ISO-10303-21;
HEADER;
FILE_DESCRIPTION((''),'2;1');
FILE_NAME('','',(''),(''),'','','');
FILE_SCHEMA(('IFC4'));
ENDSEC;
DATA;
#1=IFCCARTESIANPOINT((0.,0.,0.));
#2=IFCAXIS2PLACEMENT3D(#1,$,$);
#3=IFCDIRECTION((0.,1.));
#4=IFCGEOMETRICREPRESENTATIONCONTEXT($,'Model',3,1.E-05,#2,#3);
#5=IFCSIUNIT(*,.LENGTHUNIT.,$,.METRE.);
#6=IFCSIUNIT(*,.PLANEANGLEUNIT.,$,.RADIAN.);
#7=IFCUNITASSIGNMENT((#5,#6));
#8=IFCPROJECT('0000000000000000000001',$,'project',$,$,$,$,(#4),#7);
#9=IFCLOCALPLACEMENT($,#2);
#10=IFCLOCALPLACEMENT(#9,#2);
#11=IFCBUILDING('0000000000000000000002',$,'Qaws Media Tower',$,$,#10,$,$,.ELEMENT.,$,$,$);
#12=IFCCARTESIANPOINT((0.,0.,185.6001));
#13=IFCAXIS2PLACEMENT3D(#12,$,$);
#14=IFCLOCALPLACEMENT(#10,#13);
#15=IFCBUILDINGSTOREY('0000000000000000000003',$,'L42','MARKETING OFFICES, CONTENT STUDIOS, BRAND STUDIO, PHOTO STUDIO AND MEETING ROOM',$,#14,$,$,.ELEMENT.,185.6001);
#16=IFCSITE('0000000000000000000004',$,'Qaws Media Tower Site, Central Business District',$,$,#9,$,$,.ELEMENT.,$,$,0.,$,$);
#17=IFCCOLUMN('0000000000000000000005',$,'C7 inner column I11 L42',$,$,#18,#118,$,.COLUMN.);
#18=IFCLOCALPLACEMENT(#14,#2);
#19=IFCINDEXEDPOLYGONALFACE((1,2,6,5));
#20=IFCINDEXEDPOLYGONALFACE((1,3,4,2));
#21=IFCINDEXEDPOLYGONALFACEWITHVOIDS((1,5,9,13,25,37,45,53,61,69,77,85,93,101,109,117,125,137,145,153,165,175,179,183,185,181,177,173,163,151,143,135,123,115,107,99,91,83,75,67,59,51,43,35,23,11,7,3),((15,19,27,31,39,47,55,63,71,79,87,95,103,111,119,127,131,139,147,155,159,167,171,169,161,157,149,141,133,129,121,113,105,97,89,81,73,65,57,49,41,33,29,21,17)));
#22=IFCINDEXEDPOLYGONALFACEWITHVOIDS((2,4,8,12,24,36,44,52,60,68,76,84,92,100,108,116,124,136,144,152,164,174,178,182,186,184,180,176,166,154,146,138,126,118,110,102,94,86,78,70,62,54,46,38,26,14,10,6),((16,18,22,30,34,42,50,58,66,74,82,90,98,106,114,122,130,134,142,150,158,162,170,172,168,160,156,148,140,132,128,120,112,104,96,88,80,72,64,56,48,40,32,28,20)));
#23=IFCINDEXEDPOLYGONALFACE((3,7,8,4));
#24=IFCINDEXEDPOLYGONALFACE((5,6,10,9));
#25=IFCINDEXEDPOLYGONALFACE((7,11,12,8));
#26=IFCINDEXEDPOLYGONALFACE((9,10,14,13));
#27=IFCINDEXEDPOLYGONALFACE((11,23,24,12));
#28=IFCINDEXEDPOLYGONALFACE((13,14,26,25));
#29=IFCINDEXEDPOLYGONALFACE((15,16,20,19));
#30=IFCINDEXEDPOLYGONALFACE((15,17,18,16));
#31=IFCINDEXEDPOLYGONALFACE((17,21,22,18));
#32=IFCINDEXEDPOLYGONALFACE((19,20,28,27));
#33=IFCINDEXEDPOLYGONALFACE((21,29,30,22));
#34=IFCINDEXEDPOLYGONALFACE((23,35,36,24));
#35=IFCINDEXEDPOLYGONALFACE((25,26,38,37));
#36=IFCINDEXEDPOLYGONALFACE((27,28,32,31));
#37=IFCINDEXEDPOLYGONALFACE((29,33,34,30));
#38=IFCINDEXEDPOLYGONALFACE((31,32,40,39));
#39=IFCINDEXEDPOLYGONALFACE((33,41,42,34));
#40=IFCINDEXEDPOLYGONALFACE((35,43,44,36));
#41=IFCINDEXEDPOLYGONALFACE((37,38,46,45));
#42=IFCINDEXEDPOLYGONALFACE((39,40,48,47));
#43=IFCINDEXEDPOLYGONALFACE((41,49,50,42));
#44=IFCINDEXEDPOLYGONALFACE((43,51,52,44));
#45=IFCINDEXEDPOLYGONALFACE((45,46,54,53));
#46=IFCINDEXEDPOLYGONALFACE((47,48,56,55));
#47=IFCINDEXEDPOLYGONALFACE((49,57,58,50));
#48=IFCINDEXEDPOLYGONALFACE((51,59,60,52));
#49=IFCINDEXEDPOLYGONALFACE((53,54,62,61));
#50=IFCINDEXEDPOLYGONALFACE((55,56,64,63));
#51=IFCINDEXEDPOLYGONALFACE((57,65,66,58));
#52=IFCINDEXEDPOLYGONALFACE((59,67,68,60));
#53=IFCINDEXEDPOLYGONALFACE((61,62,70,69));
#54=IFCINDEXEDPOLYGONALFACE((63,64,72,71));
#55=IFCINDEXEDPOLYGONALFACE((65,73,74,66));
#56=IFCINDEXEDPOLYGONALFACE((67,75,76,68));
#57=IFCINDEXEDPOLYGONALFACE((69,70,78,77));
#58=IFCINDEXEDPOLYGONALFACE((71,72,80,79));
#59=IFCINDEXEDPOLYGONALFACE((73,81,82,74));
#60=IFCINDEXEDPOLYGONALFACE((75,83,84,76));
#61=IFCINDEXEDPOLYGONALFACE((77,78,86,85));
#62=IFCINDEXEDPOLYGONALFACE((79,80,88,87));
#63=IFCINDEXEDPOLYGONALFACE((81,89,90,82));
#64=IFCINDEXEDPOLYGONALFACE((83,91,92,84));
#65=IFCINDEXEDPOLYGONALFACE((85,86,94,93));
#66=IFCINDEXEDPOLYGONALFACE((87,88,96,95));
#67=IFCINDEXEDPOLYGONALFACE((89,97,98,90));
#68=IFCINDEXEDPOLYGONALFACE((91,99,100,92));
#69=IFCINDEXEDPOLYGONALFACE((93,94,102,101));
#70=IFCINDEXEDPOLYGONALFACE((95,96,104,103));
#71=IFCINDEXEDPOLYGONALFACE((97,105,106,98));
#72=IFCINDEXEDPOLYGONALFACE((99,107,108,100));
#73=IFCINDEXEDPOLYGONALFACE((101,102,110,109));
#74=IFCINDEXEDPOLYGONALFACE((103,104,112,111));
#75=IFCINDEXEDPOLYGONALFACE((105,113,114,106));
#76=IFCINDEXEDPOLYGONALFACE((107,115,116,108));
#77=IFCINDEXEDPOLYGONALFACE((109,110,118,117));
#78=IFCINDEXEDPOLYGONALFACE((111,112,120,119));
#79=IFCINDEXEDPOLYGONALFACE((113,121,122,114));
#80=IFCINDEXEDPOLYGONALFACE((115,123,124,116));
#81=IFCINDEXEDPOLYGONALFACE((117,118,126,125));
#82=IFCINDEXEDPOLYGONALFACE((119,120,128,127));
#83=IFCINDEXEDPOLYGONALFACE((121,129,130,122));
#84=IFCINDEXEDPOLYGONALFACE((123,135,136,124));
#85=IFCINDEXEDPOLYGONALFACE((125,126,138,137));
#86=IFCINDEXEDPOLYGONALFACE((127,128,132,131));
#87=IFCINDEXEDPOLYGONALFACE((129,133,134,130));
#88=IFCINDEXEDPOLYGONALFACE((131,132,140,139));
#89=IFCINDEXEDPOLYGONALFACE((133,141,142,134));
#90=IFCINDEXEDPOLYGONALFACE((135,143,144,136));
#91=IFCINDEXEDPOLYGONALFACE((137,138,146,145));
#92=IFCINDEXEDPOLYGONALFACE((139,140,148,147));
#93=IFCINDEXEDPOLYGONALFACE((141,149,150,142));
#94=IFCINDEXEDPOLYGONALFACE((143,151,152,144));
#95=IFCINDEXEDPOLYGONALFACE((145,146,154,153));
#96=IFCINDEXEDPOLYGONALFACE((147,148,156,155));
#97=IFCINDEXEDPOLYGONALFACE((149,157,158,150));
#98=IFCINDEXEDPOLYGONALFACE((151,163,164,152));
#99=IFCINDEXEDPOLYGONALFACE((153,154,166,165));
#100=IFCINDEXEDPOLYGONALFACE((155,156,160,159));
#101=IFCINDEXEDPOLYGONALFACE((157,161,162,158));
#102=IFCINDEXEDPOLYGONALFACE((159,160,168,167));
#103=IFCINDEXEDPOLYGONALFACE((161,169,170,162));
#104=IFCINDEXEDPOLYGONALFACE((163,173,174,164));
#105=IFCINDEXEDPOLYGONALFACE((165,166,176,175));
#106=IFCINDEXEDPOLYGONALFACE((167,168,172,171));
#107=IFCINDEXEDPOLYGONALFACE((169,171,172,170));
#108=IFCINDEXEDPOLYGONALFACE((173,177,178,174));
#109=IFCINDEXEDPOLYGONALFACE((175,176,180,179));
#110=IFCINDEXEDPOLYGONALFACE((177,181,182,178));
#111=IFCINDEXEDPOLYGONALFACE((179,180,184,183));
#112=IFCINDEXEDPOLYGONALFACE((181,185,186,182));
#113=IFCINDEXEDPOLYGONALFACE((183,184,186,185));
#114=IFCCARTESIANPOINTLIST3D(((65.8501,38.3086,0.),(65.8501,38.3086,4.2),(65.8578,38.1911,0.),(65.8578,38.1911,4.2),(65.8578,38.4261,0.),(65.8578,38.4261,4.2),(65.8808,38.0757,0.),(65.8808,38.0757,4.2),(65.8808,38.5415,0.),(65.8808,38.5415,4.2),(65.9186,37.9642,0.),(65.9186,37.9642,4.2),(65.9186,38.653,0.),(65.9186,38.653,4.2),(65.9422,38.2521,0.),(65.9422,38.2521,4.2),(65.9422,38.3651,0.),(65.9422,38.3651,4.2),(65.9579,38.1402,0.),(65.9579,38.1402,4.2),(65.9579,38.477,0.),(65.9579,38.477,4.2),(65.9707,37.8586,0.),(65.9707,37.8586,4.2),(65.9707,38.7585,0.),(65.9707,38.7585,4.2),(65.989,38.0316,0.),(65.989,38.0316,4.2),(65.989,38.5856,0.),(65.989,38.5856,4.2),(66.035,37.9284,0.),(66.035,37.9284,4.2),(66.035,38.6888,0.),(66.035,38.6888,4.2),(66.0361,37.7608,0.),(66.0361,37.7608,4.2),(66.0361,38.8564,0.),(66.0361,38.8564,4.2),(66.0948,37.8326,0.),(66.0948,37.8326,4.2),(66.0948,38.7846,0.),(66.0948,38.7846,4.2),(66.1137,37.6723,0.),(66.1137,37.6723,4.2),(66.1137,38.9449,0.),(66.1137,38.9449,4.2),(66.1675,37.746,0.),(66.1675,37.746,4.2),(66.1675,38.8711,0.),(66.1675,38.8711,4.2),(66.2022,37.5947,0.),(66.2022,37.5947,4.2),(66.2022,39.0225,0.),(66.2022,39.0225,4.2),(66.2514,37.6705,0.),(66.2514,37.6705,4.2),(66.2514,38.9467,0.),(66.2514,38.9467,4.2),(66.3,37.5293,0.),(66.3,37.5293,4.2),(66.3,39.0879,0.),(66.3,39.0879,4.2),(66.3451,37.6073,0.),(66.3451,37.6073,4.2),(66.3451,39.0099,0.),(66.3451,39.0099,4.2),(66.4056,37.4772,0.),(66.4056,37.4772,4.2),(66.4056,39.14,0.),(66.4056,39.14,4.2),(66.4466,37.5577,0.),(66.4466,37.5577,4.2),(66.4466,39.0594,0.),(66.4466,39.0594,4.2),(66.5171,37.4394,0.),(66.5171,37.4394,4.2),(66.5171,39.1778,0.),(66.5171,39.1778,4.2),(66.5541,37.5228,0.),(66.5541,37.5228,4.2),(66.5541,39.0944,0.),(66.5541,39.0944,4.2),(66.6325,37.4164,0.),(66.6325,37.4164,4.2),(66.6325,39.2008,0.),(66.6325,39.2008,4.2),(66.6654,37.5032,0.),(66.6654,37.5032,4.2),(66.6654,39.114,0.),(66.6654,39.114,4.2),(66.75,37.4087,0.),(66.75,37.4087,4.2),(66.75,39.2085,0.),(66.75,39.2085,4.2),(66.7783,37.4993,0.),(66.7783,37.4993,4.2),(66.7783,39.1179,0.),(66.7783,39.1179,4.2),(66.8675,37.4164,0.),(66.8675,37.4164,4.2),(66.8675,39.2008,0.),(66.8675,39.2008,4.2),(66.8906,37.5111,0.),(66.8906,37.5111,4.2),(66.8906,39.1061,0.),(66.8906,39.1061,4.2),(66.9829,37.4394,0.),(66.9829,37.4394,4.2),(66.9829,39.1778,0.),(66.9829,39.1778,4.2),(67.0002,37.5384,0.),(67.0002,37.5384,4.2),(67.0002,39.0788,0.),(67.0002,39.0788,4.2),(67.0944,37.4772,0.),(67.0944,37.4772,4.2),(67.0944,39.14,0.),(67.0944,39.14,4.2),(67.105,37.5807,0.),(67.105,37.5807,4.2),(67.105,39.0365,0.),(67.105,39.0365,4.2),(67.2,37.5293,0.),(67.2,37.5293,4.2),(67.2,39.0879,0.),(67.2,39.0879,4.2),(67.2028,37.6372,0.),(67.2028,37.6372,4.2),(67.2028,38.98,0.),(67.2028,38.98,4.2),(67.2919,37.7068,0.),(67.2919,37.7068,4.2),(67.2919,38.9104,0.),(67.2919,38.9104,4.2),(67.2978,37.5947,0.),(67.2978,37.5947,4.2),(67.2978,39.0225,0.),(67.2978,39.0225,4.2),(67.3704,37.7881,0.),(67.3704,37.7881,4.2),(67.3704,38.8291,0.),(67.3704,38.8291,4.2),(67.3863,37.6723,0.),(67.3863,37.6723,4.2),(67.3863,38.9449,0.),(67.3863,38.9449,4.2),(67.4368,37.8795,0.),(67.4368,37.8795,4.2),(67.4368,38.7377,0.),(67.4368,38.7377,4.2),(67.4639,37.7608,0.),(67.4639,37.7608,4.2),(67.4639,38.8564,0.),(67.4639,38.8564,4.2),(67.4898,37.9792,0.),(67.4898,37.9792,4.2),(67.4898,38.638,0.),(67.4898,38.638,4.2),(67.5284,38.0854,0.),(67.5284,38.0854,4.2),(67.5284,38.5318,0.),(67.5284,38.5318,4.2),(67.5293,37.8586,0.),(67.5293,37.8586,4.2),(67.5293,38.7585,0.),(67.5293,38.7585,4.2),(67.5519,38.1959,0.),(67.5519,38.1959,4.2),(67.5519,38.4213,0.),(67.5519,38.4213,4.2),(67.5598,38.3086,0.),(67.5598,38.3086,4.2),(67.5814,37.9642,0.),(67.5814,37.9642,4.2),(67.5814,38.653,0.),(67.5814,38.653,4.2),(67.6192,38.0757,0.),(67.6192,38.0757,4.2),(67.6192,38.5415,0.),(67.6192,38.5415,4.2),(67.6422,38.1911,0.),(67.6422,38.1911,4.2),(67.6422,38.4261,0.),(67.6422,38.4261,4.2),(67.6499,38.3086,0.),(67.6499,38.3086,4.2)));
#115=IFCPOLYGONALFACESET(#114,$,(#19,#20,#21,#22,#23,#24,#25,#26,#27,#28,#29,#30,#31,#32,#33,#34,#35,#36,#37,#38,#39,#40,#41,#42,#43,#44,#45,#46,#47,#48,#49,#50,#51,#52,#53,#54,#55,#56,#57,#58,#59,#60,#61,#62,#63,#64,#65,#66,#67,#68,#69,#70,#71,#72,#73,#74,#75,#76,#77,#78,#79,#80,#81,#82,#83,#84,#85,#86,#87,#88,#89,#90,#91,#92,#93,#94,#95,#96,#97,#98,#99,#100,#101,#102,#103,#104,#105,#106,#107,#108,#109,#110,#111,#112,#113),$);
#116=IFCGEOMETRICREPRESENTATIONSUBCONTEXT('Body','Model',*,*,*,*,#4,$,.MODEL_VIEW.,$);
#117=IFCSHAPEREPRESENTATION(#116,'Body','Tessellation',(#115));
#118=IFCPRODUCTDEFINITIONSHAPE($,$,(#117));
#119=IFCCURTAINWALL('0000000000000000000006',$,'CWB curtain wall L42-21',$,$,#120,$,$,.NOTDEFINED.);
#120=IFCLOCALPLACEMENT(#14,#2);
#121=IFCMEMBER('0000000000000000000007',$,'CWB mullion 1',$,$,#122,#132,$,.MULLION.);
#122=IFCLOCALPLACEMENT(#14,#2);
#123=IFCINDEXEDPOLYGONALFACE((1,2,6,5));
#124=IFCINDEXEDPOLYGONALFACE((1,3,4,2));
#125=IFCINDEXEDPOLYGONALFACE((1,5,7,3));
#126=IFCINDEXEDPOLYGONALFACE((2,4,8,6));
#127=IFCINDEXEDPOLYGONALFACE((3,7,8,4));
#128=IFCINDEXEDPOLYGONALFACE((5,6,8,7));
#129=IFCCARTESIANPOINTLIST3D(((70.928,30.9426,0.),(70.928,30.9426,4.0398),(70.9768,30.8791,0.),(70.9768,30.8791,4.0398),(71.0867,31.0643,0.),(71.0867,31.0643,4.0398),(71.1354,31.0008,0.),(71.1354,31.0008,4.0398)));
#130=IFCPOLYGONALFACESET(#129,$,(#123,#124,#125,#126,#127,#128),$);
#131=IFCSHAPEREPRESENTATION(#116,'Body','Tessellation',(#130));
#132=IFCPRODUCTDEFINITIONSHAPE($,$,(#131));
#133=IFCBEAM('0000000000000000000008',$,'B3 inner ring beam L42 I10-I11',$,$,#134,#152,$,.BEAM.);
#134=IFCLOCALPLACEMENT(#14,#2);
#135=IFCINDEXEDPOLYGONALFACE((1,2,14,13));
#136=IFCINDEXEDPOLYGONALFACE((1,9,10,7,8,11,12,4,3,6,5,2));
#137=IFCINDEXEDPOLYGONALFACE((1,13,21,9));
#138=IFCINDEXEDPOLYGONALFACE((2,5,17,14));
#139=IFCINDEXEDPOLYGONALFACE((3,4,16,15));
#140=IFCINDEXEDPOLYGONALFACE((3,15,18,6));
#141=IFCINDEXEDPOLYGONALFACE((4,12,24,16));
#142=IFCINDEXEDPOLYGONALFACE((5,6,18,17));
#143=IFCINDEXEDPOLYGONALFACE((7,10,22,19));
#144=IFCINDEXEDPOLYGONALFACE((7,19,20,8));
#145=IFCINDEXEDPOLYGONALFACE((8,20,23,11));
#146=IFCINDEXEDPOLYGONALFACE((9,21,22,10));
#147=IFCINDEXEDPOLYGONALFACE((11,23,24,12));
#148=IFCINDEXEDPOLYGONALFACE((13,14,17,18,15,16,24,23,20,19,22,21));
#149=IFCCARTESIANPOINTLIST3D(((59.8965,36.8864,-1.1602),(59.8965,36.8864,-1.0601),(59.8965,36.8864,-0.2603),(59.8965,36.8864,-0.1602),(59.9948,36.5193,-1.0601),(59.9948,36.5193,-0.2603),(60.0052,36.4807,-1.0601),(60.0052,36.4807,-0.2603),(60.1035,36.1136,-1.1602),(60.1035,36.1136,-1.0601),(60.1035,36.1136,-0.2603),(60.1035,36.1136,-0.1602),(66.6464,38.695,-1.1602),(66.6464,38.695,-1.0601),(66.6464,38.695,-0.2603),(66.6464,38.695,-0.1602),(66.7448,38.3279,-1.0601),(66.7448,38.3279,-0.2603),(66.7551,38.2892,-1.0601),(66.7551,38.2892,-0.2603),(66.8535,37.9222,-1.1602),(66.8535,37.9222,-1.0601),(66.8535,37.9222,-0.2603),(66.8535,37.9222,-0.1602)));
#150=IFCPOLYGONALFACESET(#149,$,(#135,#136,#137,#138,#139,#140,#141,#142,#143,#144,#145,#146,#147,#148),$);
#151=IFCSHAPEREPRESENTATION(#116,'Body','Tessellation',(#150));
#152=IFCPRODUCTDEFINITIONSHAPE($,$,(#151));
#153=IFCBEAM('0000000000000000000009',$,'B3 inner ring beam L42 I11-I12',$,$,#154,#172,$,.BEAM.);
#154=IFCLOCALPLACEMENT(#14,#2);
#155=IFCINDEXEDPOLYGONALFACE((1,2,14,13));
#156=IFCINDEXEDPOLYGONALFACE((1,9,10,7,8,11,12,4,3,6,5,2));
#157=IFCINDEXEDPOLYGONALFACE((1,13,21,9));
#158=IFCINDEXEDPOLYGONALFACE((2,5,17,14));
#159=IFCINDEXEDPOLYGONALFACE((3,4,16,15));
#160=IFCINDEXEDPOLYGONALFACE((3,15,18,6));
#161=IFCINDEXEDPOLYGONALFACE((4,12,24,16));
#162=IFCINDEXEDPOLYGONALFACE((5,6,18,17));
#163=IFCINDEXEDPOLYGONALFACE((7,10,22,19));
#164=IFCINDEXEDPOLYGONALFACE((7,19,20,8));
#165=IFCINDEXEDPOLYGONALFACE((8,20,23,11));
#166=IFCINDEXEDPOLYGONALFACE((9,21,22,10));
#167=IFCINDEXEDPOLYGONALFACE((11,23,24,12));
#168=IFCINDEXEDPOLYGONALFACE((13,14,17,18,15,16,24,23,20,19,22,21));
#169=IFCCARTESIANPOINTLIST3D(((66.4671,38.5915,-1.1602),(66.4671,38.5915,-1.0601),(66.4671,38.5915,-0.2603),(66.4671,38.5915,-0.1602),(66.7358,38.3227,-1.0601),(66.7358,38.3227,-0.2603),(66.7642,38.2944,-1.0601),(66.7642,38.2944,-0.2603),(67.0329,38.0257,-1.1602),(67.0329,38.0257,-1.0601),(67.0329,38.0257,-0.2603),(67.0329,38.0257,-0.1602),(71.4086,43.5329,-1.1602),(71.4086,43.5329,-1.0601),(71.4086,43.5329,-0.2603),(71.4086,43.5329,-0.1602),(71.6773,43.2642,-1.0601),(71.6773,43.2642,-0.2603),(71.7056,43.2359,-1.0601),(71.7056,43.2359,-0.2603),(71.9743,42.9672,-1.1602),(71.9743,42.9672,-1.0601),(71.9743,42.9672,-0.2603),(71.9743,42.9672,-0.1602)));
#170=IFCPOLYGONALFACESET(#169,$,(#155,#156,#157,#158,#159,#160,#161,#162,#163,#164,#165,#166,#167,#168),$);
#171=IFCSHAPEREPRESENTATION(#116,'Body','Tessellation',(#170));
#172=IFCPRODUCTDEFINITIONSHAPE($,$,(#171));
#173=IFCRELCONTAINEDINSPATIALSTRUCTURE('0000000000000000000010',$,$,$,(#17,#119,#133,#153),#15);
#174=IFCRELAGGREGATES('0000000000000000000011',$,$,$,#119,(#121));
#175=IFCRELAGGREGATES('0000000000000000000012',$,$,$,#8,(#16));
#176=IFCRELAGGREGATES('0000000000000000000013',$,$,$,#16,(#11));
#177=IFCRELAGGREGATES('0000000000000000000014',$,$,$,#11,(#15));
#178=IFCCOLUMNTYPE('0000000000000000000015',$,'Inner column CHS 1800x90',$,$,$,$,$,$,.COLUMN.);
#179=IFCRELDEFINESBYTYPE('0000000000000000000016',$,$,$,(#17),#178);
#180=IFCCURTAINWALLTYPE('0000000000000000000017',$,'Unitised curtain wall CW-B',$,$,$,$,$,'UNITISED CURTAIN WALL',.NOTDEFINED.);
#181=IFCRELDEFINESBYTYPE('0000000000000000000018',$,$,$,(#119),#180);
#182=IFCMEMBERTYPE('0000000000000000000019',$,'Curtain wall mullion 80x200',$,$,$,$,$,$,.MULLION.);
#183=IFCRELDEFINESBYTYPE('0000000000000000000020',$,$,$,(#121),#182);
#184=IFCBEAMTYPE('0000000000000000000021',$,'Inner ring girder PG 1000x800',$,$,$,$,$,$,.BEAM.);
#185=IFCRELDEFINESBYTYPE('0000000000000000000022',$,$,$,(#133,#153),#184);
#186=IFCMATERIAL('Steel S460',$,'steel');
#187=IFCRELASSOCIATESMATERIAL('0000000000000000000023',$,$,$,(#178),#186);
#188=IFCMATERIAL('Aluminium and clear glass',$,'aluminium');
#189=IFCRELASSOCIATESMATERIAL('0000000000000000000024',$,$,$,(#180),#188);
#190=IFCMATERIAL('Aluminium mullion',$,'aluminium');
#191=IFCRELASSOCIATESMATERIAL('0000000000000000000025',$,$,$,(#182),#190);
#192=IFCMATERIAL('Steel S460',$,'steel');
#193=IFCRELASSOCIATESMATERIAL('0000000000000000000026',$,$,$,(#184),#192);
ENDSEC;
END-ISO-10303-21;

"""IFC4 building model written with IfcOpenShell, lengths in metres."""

from ifc_helpers import new_model, si_unit, direction, frame, origin, origin_2d, place, context, subcontext, project, spatial, rectangle, hollow_circle, i_section, extrude, material, material_profile, profile_set, type_object, element, aggregate, save


model = new_model("IFC4")

# Units and contexts
model_context = context("Model", 3, precision=1e-05, world=origin(), true_north=direction((0.0, 1.0)))
body_context = subcontext(model_context, "Body", "Model", "MODEL_VIEW")
ifc_project = project(units=[si_unit("LENGTHUNIT", "METRE"), si_unit("PLANEANGLEUNIT", "RADIAN")], contexts=[model_context])

# Site, building, storey
site_placement = place(None, origin())
site = spatial("IfcSite", under=ifc_project, at=site_placement, Name="Qaws Media Tower Site, Central Business District", CompositionType="ELEMENT", RefElevation=0.0)
building_placement = place(site_placement, origin())
building = spatial("IfcBuilding", under=site, at=building_placement, Name="Qaws Media Tower", CompositionType="ELEMENT")
storey_placement = place(building_placement, frame((0.0, 0.0, 185.6001)))
storey = spatial("IfcBuildingStorey", under=building, at=storey_placement, Name="L42", Description="MARKETING OFFICES, CONTENT STUDIOS, BRAND STUDIO, PHOTO STUDIO AND MEETING ROOM", CompositionType="ELEMENT", Elevation=185.6001)

# Column
ifc_material_1 = material(Name="Steel S460", Category="steel")
ifc_material_profile_1 = material_profile(ifc_material_1, hollow_circle(Radius=0.8999, WallThickness=0.0901, at=origin_2d()), Name="CHS 1800x90")
ifc_profile_set_1 = profile_set([ifc_material_profile_1], Name="Steel S460")
column_type = type_object("IfcColumnType", Name="Inner column CHS 1800x90", PredefinedType="COLUMN", material=ifc_profile_set_1)
for number, where, z_axis, x_axis, name in (
    (1, (66.75, 38.3086, 0.0), (0.0, 0.0, 1.0), (1.0, 0.0, 0.0), "C7 inner column I11 L42"),
):
    element("IfcColumn", number, at=place(storey_placement, frame(where, z_axis=z_axis, x_axis=x_axis)), inside=storey, type_object=column_type, Name=name, PredefinedType="COLUMN", context=body_context, shape_type="SweptSolid", body=[
        extrude(hollow_circle(Radius=0.8999, WallThickness=0.0901, at=origin_2d()), origin(), (0.0, 0.0, 1.0), 4.2),
    ])

# Curtain wall, member
ifc_material_2 = material(Name="Aluminium and clear glass", Category="aluminium")
curtain_wall_type = type_object("IfcCurtainWallType", Name="Unitised curtain wall CW-B", ElementType="UNITISED CURTAIN WALL", PredefinedType="NOTDEFINED", material=ifc_material_2)
curtain_wall_placement = place(storey_placement, origin())
curtain_wall = element("IfcCurtainWall", 2, at=curtain_wall_placement, inside=storey, type_object=curtain_wall_type, Name="CWB curtain wall L42-21", PredefinedType="NOTDEFINED")
ifc_material_3 = material(Name="Aluminium mullion", Category="aluminium")
ifc_material_profile_2 = material_profile(ifc_material_3, rectangle(XDim=0.0801, YDim=0.2, at=origin_2d()), Name="80x200")
ifc_profile_set_2 = profile_set([ifc_material_profile_2], Name="Aluminium mullion")
member_type = type_object("IfcMemberType", Name="Curtain wall mullion 80x200", PredefinedType="MULLION", material=ifc_profile_set_2)
member_placement = place(storey_placement, frame((71.0317, 30.9717, 0.0), z_axis=(0.0, 0.0, 1.0), x_axis=(-0.608761, 0.793353, 0.0)))
member = element("IfcMember", 3, at=member_placement, type_object=member_type, Name="CWB mullion 1", PredefinedType="MULLION", context=body_context, shape_type="SweptSolid", body=[
    extrude(rectangle(XDim=0.0801, YDim=0.2, at=origin_2d()), origin(), (0.0, 0.0, 1.0), 4.0398),
])
aggregate(curtain_wall, [member])

# Beams
ifc_material_4 = material(Name="Steel S460", Category="steel")
ifc_material_profile_3 = material_profile(ifc_material_4, i_section(OverallWidth=0.8, OverallDepth=1.0, WebThickness=0.04, FlangeThickness=0.1001, at=origin_2d()), Name="PG 1000x800")
ifc_profile_set_3 = profile_set([ifc_material_profile_3], Name="Steel S460")
beam_type_1 = type_object("IfcBeamType", Name="Inner ring girder PG 1000x800", PredefinedType="BEAM", material=ifc_profile_set_3)
beam_1_placement = place(storey_placement, frame((60.0, 36.5, -0.6602), z_axis=(0.965928, 0.258811, 0.0), x_axis=(-0.258811, 0.965928, 0.0)))
element("IfcBeam", 4, at=beam_1_placement, inside=storey, type_object=beam_type_1, Name="B3 inner ring beam L42 I10-I11", PredefinedType="BEAM", context=body_context, shape_type="SweptSolid", body=[
    extrude(i_section(OverallWidth=0.8, OverallDepth=1.0, WebThickness=0.04, FlangeThickness=0.1001, at=origin_2d()), origin(), (0.0, 0.0, 1.0), 6.988),
])
beam_2_placement = place(storey_placement, frame((66.75, 38.3086, -0.6602), z_axis=(0.707107, 0.707107, 0.0), x_axis=(-0.707107, 0.707107, 0.0)))
element("IfcBeam", 5, at=beam_2_placement, inside=storey, type_object=beam_type_1, Name="B3 inner ring beam L42 I11-I12", PredefinedType="BEAM", context=body_context, shape_type="SweptSolid", body=[
    extrude(i_section(OverallWidth=0.8, OverallDepth=1.0, WebThickness=0.04, FlangeThickness=0.1001, at=origin_2d()), origin(), (0.0, 0.0, 1.0), 6.9883),
])

save(model, "model.ifc")
